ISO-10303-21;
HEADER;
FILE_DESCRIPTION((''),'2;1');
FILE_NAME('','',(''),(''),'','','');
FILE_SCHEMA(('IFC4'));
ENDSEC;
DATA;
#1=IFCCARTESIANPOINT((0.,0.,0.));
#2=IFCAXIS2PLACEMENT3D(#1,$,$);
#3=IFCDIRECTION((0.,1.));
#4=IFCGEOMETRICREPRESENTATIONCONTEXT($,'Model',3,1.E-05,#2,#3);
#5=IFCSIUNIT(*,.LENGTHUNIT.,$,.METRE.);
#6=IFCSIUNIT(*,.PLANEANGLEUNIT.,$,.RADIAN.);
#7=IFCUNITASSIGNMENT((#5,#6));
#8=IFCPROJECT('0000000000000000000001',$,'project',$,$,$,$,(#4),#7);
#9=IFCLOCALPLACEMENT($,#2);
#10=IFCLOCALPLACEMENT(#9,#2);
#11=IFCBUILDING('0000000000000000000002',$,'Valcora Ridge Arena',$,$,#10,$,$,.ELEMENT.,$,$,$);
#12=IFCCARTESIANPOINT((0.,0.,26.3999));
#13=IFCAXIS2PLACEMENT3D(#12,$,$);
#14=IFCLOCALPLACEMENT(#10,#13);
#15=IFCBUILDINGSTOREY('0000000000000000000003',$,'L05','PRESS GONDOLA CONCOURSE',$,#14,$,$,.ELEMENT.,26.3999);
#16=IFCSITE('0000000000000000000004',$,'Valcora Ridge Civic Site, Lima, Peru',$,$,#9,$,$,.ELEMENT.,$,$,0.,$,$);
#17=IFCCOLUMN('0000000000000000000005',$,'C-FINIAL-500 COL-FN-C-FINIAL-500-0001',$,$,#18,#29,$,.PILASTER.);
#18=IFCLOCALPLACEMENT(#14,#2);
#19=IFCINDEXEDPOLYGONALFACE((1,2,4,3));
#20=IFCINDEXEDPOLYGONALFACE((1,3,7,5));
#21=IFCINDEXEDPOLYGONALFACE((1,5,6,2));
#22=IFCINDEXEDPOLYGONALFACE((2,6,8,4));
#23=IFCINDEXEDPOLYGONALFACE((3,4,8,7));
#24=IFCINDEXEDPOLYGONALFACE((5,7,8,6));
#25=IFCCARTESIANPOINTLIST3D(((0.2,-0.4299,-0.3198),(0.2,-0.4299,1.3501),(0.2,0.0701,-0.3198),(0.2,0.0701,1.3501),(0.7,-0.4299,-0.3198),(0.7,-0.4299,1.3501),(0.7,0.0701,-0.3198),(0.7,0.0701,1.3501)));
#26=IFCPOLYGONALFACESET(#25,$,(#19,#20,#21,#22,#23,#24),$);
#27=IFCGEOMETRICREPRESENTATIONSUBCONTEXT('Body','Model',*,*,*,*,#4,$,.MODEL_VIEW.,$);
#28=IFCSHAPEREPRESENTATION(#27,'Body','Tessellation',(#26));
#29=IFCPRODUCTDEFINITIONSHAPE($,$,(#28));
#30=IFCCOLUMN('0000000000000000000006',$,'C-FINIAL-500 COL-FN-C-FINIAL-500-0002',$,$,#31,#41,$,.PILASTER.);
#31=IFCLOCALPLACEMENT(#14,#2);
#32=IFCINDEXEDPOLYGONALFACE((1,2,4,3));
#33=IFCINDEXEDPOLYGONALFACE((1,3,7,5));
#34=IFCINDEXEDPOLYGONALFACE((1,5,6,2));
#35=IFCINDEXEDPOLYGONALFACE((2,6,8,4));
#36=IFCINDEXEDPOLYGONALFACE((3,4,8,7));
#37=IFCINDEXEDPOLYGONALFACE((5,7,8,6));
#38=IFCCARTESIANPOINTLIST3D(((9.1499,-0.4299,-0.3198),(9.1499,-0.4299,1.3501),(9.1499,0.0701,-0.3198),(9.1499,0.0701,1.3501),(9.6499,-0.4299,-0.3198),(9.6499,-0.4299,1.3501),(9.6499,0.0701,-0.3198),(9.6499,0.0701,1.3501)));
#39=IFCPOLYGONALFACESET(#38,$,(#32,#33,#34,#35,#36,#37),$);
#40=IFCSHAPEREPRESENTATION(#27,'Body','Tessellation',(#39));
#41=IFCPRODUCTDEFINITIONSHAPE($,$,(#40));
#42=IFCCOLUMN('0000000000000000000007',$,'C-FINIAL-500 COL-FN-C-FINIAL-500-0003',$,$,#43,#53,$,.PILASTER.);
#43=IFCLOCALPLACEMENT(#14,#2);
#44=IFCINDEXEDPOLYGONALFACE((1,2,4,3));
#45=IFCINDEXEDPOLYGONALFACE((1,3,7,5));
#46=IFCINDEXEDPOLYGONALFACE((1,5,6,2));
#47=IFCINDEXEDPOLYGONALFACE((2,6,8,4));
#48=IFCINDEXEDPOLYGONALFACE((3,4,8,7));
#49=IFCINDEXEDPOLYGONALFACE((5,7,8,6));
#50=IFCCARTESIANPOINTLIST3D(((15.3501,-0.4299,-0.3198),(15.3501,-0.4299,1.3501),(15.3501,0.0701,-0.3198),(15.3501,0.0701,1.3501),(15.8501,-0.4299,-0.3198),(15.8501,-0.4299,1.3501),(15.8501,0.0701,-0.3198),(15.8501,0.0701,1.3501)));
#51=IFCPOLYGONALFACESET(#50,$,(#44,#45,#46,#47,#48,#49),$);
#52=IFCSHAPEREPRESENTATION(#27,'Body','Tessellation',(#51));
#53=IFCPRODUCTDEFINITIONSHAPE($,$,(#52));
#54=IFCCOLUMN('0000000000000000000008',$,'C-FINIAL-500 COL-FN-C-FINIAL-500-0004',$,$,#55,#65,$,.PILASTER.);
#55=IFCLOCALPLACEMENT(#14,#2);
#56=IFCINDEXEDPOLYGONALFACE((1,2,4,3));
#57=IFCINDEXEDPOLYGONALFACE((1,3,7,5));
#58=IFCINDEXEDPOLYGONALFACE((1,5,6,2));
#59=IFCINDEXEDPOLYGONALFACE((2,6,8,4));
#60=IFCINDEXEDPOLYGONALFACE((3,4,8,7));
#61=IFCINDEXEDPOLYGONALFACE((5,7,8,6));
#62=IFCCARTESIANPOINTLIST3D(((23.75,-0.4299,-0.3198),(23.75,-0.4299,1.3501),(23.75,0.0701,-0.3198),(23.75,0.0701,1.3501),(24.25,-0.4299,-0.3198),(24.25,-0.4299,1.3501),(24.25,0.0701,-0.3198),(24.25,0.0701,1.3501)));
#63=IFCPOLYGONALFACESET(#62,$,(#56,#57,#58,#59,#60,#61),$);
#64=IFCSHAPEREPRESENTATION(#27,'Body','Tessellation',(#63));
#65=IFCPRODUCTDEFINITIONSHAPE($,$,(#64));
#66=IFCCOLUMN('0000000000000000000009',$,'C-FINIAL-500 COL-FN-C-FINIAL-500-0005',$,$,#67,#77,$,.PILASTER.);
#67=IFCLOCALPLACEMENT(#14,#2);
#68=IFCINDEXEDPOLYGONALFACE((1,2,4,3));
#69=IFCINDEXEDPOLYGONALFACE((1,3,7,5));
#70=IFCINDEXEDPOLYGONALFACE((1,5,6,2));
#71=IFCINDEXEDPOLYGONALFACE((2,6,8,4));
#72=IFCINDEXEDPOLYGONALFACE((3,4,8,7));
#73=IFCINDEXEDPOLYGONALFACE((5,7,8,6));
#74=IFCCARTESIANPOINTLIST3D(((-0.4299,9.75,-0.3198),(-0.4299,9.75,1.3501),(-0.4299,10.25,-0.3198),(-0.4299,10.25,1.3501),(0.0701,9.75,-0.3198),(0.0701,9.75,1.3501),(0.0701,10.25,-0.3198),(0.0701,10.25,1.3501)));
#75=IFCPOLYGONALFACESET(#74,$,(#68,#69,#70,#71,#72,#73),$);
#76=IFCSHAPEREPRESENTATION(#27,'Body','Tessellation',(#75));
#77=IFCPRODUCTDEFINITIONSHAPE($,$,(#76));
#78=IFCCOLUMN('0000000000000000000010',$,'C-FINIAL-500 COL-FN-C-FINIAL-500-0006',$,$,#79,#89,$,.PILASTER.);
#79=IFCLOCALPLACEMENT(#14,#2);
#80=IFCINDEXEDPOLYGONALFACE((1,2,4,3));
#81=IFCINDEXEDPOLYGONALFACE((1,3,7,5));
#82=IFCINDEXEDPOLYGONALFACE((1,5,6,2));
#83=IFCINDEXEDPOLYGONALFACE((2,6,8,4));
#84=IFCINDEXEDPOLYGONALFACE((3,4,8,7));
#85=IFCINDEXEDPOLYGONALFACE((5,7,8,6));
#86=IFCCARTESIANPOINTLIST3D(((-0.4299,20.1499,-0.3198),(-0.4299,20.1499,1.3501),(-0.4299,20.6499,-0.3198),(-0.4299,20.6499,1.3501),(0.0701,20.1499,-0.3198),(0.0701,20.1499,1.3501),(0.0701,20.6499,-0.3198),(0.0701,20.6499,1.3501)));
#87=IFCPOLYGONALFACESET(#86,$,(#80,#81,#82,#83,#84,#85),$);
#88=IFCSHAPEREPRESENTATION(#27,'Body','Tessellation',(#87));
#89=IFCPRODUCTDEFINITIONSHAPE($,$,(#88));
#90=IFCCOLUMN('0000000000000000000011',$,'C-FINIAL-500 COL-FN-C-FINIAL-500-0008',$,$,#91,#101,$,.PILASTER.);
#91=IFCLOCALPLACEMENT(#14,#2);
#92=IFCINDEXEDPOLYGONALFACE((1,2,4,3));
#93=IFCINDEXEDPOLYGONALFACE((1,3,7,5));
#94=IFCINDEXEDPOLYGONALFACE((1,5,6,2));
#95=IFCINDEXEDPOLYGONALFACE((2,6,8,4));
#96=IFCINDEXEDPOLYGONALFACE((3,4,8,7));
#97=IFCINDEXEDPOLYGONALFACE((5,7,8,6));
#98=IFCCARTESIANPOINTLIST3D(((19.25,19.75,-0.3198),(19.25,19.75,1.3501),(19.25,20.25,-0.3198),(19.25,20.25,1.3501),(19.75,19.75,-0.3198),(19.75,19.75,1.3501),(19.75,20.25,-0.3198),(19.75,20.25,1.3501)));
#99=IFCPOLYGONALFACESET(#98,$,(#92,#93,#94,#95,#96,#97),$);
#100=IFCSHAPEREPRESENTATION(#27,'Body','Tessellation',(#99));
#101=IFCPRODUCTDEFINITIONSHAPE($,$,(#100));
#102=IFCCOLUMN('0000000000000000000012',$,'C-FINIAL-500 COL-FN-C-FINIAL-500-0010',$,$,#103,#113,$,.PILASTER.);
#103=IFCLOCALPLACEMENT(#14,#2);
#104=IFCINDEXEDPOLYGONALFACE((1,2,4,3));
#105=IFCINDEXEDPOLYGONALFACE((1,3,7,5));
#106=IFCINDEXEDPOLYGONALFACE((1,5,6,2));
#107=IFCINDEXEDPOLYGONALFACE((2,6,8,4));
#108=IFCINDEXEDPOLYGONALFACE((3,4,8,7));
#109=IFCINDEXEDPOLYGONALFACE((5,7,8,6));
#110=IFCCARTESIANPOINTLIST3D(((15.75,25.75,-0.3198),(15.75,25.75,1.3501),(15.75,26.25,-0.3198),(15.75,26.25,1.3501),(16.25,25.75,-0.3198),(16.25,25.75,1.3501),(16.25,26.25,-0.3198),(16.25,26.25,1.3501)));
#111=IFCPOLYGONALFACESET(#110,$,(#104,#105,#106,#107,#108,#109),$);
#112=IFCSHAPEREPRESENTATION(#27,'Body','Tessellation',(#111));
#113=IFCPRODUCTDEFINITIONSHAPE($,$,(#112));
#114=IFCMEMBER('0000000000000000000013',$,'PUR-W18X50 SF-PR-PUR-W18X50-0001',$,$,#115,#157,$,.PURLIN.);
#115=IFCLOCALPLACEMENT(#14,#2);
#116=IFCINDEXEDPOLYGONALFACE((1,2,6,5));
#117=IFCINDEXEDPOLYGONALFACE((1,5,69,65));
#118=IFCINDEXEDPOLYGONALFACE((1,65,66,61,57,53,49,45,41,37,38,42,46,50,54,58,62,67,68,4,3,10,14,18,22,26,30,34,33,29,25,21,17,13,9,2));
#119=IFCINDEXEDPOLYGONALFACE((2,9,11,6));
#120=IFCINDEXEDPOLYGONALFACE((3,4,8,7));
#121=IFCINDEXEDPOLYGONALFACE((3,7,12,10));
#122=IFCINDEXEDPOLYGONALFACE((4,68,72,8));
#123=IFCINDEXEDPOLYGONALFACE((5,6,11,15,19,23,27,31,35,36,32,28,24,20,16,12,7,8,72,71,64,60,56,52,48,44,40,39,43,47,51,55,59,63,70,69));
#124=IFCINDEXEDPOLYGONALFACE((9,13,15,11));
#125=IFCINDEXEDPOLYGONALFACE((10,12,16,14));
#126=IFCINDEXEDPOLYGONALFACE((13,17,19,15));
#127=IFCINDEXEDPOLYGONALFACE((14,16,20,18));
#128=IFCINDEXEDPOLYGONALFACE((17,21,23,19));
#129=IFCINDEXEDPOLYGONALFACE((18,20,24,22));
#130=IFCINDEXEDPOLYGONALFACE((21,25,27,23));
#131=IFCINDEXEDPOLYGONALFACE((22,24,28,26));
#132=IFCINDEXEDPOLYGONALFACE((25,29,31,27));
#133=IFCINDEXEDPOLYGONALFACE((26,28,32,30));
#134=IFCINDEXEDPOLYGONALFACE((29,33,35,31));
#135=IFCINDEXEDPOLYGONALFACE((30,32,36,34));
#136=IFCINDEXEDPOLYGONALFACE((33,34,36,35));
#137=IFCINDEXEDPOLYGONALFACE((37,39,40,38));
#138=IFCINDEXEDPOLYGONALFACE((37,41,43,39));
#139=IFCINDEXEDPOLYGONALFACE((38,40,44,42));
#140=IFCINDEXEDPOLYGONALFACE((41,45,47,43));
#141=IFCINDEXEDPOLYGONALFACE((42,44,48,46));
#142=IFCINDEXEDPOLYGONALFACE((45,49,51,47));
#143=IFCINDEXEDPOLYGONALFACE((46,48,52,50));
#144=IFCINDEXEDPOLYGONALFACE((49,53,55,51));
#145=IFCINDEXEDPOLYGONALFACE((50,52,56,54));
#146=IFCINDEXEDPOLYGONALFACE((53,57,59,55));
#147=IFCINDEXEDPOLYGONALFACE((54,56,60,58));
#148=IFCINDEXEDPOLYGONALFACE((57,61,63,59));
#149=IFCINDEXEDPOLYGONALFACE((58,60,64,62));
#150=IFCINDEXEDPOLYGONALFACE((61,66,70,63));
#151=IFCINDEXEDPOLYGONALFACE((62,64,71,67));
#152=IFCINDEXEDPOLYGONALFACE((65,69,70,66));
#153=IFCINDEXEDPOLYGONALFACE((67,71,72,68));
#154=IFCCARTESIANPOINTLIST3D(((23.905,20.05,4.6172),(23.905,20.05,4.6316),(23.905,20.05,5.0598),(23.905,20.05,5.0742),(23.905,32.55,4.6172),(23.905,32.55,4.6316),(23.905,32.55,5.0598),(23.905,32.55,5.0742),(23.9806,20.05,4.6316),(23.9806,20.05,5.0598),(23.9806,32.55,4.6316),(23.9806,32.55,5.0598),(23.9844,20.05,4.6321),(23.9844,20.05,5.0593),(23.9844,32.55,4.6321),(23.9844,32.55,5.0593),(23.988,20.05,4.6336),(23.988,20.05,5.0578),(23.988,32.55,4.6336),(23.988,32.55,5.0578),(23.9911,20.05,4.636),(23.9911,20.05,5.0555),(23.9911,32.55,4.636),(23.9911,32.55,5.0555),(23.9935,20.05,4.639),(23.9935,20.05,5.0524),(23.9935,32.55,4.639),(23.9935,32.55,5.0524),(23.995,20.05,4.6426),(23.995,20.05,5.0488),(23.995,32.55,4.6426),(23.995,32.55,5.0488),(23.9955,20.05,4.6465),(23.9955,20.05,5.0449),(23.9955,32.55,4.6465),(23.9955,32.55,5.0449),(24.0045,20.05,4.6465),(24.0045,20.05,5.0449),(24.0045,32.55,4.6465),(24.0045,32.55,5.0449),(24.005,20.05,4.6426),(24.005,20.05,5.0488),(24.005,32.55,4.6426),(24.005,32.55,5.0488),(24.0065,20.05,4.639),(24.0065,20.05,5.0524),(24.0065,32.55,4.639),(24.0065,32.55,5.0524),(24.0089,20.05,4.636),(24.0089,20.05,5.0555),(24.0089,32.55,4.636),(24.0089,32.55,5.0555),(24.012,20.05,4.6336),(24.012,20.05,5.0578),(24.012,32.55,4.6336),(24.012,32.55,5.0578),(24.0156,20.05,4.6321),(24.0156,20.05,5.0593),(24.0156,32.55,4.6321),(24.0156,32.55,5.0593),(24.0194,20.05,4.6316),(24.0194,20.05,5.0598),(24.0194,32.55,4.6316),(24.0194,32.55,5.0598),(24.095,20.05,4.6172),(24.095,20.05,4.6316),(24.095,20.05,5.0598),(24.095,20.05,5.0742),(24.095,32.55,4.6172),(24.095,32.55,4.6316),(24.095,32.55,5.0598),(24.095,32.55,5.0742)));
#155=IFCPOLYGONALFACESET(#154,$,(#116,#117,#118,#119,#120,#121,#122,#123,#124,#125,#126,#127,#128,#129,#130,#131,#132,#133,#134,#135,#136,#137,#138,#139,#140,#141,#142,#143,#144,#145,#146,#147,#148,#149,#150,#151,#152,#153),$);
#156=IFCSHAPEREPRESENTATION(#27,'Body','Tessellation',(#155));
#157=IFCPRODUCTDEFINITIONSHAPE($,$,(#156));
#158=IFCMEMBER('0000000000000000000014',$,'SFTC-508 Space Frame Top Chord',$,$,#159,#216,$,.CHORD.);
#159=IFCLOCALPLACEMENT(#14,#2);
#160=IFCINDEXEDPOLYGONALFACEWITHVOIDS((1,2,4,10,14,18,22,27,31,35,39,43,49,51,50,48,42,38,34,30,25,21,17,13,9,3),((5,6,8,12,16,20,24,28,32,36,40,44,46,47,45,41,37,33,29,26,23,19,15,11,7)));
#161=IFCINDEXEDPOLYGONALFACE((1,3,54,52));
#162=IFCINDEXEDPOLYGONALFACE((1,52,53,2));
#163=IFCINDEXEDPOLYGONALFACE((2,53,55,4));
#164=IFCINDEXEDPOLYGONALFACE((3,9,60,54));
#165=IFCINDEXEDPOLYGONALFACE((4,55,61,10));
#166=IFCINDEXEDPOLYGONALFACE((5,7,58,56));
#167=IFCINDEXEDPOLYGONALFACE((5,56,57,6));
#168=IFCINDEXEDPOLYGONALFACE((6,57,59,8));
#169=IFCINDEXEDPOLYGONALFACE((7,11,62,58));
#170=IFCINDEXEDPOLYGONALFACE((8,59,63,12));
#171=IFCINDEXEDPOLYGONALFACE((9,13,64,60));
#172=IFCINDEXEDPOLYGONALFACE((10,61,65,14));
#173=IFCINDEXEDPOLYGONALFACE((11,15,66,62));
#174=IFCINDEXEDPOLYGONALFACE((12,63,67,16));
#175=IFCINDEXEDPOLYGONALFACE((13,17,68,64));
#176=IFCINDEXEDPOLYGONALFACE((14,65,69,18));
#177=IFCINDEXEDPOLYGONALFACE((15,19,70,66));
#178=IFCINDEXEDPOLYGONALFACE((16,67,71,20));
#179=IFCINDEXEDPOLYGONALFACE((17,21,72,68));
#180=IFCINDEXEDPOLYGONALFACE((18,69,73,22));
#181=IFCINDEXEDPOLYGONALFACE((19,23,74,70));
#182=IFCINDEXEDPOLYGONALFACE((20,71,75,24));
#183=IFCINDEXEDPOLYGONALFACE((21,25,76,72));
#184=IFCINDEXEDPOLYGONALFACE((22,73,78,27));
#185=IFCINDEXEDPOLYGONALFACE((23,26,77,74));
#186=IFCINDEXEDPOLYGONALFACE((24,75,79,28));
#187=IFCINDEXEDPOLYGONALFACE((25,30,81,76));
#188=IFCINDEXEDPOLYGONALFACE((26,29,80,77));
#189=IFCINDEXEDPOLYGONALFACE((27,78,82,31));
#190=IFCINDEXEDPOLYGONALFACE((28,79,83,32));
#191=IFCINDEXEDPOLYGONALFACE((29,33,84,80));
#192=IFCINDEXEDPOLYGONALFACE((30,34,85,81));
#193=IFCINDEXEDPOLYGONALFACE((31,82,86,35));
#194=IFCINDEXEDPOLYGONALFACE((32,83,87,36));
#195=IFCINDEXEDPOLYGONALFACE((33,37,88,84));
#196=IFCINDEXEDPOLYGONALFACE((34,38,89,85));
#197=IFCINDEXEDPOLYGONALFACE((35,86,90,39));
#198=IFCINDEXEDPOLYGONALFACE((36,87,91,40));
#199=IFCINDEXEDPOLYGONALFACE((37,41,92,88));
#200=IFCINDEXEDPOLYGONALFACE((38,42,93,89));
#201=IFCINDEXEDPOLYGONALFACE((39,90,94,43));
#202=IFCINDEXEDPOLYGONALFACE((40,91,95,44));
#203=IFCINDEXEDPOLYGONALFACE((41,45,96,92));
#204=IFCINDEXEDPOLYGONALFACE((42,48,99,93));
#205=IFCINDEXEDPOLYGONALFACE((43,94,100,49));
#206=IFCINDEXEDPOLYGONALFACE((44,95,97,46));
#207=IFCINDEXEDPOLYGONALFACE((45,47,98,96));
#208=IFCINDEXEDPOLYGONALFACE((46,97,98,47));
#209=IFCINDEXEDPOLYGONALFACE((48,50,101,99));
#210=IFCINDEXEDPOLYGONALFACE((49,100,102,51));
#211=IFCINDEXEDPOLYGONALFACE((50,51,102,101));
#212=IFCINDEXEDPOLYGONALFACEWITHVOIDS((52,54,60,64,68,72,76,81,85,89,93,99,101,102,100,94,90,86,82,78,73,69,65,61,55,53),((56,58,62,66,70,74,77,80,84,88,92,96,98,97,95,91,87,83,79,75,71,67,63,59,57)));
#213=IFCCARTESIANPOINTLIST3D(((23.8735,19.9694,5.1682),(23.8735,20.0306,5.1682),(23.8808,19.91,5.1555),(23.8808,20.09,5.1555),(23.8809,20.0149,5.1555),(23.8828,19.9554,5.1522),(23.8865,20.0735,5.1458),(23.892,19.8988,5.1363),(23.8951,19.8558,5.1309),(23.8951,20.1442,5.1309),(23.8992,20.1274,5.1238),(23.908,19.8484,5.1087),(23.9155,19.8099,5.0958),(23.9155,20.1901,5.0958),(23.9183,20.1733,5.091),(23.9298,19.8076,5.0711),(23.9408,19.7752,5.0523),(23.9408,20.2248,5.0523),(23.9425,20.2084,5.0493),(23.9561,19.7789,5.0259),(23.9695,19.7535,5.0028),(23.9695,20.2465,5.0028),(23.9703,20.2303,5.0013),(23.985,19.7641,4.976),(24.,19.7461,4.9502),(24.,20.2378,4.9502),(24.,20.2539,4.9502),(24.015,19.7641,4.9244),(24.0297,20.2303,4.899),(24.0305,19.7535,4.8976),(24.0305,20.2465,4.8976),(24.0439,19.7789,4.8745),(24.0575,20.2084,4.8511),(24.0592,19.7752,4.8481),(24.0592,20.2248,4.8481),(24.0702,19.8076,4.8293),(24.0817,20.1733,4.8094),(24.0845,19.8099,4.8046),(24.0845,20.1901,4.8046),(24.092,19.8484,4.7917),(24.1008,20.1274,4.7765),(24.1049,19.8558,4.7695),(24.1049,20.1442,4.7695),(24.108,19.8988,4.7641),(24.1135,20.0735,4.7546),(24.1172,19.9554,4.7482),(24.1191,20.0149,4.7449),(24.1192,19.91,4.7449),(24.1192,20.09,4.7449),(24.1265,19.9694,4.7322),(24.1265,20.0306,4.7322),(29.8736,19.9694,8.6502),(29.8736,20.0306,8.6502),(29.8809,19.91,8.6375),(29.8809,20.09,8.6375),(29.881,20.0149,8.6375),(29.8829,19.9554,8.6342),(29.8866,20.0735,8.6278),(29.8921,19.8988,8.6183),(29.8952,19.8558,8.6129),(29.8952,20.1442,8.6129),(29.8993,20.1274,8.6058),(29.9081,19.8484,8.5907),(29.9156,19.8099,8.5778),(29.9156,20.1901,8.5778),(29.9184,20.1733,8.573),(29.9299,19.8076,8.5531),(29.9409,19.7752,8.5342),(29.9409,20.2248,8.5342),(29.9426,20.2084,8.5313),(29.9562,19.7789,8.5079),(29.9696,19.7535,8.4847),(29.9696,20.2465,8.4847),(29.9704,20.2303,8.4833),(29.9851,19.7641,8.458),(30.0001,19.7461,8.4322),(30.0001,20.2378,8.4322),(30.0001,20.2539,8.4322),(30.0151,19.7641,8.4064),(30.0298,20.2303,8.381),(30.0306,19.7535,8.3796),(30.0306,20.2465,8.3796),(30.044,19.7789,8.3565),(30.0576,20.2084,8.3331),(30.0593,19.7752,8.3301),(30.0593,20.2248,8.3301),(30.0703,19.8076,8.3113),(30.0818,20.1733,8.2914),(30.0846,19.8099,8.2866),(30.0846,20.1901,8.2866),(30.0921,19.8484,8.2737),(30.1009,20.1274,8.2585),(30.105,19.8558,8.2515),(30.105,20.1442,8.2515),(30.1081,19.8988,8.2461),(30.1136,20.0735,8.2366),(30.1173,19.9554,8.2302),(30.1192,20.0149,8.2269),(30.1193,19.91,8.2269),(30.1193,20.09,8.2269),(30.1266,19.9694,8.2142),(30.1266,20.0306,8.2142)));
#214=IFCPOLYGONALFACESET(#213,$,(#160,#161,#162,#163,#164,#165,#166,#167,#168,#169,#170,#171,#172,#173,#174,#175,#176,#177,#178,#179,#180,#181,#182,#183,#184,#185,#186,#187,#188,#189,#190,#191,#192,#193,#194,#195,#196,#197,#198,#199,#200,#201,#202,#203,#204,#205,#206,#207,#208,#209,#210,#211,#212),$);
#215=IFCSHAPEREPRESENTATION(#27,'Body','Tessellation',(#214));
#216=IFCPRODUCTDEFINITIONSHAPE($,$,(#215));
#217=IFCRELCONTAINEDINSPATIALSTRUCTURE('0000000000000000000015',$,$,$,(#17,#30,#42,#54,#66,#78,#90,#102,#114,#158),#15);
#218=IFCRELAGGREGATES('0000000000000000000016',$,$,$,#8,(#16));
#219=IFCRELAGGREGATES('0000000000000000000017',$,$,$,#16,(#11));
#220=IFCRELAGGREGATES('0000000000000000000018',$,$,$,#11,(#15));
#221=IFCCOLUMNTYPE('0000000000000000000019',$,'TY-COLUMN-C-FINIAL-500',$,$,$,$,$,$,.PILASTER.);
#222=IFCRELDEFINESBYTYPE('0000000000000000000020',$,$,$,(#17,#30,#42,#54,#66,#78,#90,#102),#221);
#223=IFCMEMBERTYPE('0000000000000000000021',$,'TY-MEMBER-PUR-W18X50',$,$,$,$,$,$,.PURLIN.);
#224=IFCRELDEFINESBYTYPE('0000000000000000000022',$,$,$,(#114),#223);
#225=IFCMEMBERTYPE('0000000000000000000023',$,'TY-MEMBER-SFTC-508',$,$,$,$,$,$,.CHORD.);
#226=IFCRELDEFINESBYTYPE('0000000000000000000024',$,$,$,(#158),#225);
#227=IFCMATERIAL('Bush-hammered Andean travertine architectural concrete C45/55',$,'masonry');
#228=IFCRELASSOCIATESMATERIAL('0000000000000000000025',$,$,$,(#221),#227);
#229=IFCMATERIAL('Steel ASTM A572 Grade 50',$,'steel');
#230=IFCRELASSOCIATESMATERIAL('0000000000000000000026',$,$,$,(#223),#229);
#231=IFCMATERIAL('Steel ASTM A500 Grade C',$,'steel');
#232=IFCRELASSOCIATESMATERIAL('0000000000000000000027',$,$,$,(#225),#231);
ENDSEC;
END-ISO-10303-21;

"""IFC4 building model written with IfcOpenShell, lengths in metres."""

from ifc_helpers import new_model, si_unit, direction, frame, origin, origin_2d, place, context, subcontext, project, spatial, rectangle, hollow_circle, i_section, extrude, material, material_profile, profile_set, type_object, element, save


model = new_model("IFC4")

# Units and contexts
model_context = context("Model", 3, precision=1e-05, world=origin(), true_north=direction((0.0, 1.0)))
body_context = subcontext(model_context, "Body", "Model", "MODEL_VIEW")
ifc_project = project(units=[si_unit("LENGTHUNIT", "METRE"), si_unit("PLANEANGLEUNIT", "RADIAN")], contexts=[model_context])

# Site, building, storey
site_placement = place(None, origin())
site = spatial("IfcSite", under=ifc_project, at=site_placement, Name="Valcora Ridge Civic Site, Lima, Peru", CompositionType="ELEMENT", RefElevation=0.0)
building_placement = place(site_placement, origin())
building = spatial("IfcBuilding", under=site, at=building_placement, Name="Valcora Ridge Arena", CompositionType="ELEMENT")
storey_placement = place(building_placement, frame((0.0, 0.0, 26.3999)))
storey = spatial("IfcBuildingStorey", under=building, at=storey_placement, Name="L05", Description="PRESS GONDOLA CONCOURSE", CompositionType="ELEMENT", Elevation=26.3999)

# Columns
ifc_material_1 = material(Name="Bush-hammered Andean travertine architectural concrete C45/55", Category="masonry")
ifc_material_profile_1 = material_profile(ifc_material_1, rectangle(XDim=0.5, YDim=0.5, at=origin_2d()), Name="RC 500x500")
ifc_profile_set_1 = profile_set([ifc_material_profile_1], Name="Bush-hammered Andean travertine architectural concrete C45/55")
column_type = type_object("IfcColumnType", Name="TY-COLUMN-C-FINIAL-500", PredefinedType="PILASTER", material=ifc_profile_set_1)
for number, where, z_axis, x_axis, name in (
    (1, (0.45, -0.1799, -0.3198), (0.0, 0.0, 1.0), (1.0, 0.0, 0.0), "C-FINIAL-500 COL-FN-C-FINIAL-500-0001"),
    (2, (9.3999, -0.1799, -0.3198), (0.0, 0.0, 1.0), (1.0, 0.0, 0.0), "C-FINIAL-500 COL-FN-C-FINIAL-500-0002"),
    (3, (15.6001, -0.1799, -0.3198), (0.0, 0.0, 1.0), (1.0, 0.0, 0.0), "C-FINIAL-500 COL-FN-C-FINIAL-500-0003"),
    (4, (24.0, -0.1799, -0.3198), (0.0, 0.0, 1.0), (1.0, 0.0, 0.0), "C-FINIAL-500 COL-FN-C-FINIAL-500-0004"),
    (5, (-0.1799, 10.0, -0.3198), (0.0, 0.0, 1.0), (1.0, 0.0, 0.0), "C-FINIAL-500 COL-FN-C-FINIAL-500-0005"),
    (6, (-0.1799, 20.3999, -0.3198), (0.0, 0.0, 1.0), (1.0, 0.0, 0.0), "C-FINIAL-500 COL-FN-C-FINIAL-500-0006"),
    (7, (19.5, 20.0, -0.3198), (0.0, 0.0, 1.0), (1.0, 0.0, 0.0), "C-FINIAL-500 COL-FN-C-FINIAL-500-0008"),
    (8, (16.0, 26.0, -0.3198), (0.0, 0.0, 1.0), (1.0, 0.0, 0.0), "C-FINIAL-500 COL-FN-C-FINIAL-500-0010"),
):
    element("IfcColumn", number, at=place(storey_placement, frame(where, z_axis=z_axis, x_axis=x_axis)), inside=storey, type_object=column_type, Name=name, PredefinedType="PILASTER", context=body_context, shape_type="SweptSolid", body=[
        extrude(rectangle(XDim=0.5, YDim=0.5, at=origin_2d()), origin(), (0.0, 0.0, 1.0), 1.6699),
    ])

# Members
ifc_material_2 = material(Name="Steel ASTM A572 Grade 50", Category="steel")
ifc_material_profile_2 = material_profile(ifc_material_2, i_section(OverallWidth=0.1899, OverallDepth=0.457, WebThickness=0.009, FlangeThickness=0.0144, FilletRadius=0.0149, at=origin_2d()), Name="W18X50")
ifc_profile_set_2 = profile_set([ifc_material_profile_2], Name="Steel ASTM A572 Grade 50")
member_type_1 = type_object("IfcMemberType", Name="TY-MEMBER-PUR-W18X50", PredefinedType="PURLIN", material=ifc_profile_set_2)
member_1_placement = place(storey_placement, frame((24.0, 20.05, 4.8457), z_axis=(0.0, 1.0, 0.0), x_axis=(-1.0, 0.0, 0.0)))
element("IfcMember", 9, at=member_1_placement, inside=storey, type_object=member_type_1, Name="PUR-W18X50 SF-PR-PUR-W18X50-0001", PredefinedType="PURLIN", context=body_context, shape_type="SweptSolid", body=[
    extrude(i_section(OverallWidth=0.1899, OverallDepth=0.457, WebThickness=0.009, FlangeThickness=0.0144, FilletRadius=0.0149, at=origin_2d()), origin(), (0.0, 0.0, 1.0), 12.5),
])
ifc_material_3 = material(Name="Steel ASTM A500 Grade C", Category="steel")
ifc_material_profile_3 = material_profile(ifc_material_3, hollow_circle(Radius=0.2539, WallThickness=0.0161, at=origin_2d()), Name="CHS508X16")
ifc_profile_set_3 = profile_set([ifc_material_profile_3], Name="Steel ASTM A500 Grade C")
member_type_2 = type_object("IfcMemberType", Name="TY-MEMBER-SFTC-508", PredefinedType="CHORD", material=ifc_profile_set_3)
member_2_placement = place(storey_placement, frame((24.0, 20.0, 4.9502), z_axis=(0.86491, 0.0, 0.501927), x_axis=(0.0, 1.0, 0.0)))
element("IfcMember", 10, at=member_2_placement, inside=storey, type_object=member_type_2, Name="SFTC-508 Space Frame Top Chord", PredefinedType="CHORD", context=body_context, shape_type="SweptSolid", body=[
    extrude(hollow_circle(Radius=0.2539, WallThickness=0.0161, at=origin_2d()), origin(), (0.0, 0.0, 1.0), 6.9373),
])

save(model, "model.ifc")
